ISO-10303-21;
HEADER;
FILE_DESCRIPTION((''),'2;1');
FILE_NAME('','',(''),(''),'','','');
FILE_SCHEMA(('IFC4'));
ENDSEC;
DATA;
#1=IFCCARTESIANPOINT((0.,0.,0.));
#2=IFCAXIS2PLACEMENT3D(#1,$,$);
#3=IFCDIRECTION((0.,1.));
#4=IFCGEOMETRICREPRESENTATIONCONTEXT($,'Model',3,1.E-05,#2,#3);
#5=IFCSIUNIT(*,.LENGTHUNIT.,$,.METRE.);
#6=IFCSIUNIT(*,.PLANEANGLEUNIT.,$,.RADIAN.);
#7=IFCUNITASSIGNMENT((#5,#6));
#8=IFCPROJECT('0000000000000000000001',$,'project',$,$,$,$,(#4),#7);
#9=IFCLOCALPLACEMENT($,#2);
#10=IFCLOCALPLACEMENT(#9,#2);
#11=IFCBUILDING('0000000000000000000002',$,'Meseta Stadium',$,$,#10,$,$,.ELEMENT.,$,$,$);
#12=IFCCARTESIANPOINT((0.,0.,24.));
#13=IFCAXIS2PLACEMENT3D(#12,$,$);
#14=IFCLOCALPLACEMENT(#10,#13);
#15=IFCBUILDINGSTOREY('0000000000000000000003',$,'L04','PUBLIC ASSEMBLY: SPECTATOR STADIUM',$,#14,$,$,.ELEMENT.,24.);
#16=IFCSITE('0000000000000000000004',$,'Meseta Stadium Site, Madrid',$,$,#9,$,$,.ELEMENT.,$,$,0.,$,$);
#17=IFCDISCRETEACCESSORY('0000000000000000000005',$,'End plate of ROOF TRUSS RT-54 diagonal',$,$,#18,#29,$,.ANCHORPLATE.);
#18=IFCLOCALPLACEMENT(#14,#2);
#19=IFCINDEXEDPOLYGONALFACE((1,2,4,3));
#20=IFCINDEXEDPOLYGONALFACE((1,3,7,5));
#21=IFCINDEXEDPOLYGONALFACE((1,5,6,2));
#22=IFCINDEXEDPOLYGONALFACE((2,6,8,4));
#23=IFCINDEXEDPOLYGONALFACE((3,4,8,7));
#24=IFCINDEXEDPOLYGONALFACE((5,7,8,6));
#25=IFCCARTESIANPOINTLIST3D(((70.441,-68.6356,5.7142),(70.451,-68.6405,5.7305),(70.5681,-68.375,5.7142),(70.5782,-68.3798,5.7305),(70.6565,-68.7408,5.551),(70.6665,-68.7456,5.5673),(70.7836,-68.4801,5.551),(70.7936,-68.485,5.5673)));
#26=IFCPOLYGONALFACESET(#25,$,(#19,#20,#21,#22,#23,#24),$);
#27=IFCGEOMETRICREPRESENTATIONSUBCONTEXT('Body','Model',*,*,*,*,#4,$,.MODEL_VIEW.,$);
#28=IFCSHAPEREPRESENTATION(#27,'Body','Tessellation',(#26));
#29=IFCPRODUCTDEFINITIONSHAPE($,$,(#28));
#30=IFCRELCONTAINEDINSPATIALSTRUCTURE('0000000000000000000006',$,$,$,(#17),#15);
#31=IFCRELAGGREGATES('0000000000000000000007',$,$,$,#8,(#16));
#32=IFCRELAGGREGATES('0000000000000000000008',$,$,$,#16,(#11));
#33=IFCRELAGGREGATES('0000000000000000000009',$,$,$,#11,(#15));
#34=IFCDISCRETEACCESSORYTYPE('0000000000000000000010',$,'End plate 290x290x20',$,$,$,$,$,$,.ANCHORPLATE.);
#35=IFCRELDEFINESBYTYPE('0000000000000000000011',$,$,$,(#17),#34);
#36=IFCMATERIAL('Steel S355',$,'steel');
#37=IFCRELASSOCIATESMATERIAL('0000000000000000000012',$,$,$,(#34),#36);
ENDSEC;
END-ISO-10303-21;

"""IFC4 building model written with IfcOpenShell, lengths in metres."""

from ifc_helpers import new_model, si_unit, direction, frame, origin, origin_2d, place, context, subcontext, project, spatial, rectangle, extrude, material, material_profile, profile_set, type_object, element, save


model = new_model("IFC4")

# Units and contexts
model_context = context("Model", 3, precision=1e-05, world=origin(), true_north=direction((0.0, 1.0)))
body_context = subcontext(model_context, "Body", "Model", "MODEL_VIEW")
ifc_project = project(units=[si_unit("LENGTHUNIT", "METRE"), si_unit("PLANEANGLEUNIT", "RADIAN")], contexts=[model_context])

# Site, building, storey
site_placement = place(None, origin())
site = spatial("IfcSite", under=ifc_project, at=site_placement, Name="Meseta Stadium Site, Madrid", CompositionType="ELEMENT", RefElevation=0.0)
building_placement = place(site_placement, origin())
building = spatial("IfcBuilding", under=site, at=building_placement, Name="Meseta Stadium", CompositionType="ELEMENT")
storey_placement = place(building_placement, frame((0.0, 0.0, 24.0)))
storey = spatial("IfcBuildingStorey", under=building, at=storey_placement, Name="L04", Description="PUBLIC ASSEMBLY: SPECTATOR STADIUM", CompositionType="ELEMENT", Elevation=24.0)

# Discrete accessory
ifc_material_1 = material(Name="Steel S355", Category="steel")
ifc_material_profile_1 = material_profile(ifc_material_1, rectangle(XDim=0.29, YDim=0.29, at=origin_2d()), Name="PL 290x290")
ifc_profile_set_1 = profile_set([ifc_material_profile_1], Name="Steel S355")
discrete_accessory_type_1 = type_object("IfcDiscreteAccessoryType", Name="End plate 290x290x20", PredefinedType="ANCHORPLATE", material=ifc_profile_set_1)
discrete_accessory_1_placement = place(storey_placement, frame((70.6123, -68.5579, 5.6326), z_axis=(0.505826, -0.246744, 0.826594), x_axis=(0.438424, 0.898768, 0.0)))
element("IfcDiscreteAccessory", 1, at=discrete_accessory_1_placement, inside=storey, type_object=discrete_accessory_type_1, Name="End plate of ROOF TRUSS RT-54 diagonal", PredefinedType="ANCHORPLATE", context=body_context, shape_type="SweptSolid", body=[
    extrude(rectangle(XDim=0.29, YDim=0.29, at=origin_2d()), origin(), (0.0, 0.0, 1.0), 0.0198),
])

save(model, "model.ifc")
